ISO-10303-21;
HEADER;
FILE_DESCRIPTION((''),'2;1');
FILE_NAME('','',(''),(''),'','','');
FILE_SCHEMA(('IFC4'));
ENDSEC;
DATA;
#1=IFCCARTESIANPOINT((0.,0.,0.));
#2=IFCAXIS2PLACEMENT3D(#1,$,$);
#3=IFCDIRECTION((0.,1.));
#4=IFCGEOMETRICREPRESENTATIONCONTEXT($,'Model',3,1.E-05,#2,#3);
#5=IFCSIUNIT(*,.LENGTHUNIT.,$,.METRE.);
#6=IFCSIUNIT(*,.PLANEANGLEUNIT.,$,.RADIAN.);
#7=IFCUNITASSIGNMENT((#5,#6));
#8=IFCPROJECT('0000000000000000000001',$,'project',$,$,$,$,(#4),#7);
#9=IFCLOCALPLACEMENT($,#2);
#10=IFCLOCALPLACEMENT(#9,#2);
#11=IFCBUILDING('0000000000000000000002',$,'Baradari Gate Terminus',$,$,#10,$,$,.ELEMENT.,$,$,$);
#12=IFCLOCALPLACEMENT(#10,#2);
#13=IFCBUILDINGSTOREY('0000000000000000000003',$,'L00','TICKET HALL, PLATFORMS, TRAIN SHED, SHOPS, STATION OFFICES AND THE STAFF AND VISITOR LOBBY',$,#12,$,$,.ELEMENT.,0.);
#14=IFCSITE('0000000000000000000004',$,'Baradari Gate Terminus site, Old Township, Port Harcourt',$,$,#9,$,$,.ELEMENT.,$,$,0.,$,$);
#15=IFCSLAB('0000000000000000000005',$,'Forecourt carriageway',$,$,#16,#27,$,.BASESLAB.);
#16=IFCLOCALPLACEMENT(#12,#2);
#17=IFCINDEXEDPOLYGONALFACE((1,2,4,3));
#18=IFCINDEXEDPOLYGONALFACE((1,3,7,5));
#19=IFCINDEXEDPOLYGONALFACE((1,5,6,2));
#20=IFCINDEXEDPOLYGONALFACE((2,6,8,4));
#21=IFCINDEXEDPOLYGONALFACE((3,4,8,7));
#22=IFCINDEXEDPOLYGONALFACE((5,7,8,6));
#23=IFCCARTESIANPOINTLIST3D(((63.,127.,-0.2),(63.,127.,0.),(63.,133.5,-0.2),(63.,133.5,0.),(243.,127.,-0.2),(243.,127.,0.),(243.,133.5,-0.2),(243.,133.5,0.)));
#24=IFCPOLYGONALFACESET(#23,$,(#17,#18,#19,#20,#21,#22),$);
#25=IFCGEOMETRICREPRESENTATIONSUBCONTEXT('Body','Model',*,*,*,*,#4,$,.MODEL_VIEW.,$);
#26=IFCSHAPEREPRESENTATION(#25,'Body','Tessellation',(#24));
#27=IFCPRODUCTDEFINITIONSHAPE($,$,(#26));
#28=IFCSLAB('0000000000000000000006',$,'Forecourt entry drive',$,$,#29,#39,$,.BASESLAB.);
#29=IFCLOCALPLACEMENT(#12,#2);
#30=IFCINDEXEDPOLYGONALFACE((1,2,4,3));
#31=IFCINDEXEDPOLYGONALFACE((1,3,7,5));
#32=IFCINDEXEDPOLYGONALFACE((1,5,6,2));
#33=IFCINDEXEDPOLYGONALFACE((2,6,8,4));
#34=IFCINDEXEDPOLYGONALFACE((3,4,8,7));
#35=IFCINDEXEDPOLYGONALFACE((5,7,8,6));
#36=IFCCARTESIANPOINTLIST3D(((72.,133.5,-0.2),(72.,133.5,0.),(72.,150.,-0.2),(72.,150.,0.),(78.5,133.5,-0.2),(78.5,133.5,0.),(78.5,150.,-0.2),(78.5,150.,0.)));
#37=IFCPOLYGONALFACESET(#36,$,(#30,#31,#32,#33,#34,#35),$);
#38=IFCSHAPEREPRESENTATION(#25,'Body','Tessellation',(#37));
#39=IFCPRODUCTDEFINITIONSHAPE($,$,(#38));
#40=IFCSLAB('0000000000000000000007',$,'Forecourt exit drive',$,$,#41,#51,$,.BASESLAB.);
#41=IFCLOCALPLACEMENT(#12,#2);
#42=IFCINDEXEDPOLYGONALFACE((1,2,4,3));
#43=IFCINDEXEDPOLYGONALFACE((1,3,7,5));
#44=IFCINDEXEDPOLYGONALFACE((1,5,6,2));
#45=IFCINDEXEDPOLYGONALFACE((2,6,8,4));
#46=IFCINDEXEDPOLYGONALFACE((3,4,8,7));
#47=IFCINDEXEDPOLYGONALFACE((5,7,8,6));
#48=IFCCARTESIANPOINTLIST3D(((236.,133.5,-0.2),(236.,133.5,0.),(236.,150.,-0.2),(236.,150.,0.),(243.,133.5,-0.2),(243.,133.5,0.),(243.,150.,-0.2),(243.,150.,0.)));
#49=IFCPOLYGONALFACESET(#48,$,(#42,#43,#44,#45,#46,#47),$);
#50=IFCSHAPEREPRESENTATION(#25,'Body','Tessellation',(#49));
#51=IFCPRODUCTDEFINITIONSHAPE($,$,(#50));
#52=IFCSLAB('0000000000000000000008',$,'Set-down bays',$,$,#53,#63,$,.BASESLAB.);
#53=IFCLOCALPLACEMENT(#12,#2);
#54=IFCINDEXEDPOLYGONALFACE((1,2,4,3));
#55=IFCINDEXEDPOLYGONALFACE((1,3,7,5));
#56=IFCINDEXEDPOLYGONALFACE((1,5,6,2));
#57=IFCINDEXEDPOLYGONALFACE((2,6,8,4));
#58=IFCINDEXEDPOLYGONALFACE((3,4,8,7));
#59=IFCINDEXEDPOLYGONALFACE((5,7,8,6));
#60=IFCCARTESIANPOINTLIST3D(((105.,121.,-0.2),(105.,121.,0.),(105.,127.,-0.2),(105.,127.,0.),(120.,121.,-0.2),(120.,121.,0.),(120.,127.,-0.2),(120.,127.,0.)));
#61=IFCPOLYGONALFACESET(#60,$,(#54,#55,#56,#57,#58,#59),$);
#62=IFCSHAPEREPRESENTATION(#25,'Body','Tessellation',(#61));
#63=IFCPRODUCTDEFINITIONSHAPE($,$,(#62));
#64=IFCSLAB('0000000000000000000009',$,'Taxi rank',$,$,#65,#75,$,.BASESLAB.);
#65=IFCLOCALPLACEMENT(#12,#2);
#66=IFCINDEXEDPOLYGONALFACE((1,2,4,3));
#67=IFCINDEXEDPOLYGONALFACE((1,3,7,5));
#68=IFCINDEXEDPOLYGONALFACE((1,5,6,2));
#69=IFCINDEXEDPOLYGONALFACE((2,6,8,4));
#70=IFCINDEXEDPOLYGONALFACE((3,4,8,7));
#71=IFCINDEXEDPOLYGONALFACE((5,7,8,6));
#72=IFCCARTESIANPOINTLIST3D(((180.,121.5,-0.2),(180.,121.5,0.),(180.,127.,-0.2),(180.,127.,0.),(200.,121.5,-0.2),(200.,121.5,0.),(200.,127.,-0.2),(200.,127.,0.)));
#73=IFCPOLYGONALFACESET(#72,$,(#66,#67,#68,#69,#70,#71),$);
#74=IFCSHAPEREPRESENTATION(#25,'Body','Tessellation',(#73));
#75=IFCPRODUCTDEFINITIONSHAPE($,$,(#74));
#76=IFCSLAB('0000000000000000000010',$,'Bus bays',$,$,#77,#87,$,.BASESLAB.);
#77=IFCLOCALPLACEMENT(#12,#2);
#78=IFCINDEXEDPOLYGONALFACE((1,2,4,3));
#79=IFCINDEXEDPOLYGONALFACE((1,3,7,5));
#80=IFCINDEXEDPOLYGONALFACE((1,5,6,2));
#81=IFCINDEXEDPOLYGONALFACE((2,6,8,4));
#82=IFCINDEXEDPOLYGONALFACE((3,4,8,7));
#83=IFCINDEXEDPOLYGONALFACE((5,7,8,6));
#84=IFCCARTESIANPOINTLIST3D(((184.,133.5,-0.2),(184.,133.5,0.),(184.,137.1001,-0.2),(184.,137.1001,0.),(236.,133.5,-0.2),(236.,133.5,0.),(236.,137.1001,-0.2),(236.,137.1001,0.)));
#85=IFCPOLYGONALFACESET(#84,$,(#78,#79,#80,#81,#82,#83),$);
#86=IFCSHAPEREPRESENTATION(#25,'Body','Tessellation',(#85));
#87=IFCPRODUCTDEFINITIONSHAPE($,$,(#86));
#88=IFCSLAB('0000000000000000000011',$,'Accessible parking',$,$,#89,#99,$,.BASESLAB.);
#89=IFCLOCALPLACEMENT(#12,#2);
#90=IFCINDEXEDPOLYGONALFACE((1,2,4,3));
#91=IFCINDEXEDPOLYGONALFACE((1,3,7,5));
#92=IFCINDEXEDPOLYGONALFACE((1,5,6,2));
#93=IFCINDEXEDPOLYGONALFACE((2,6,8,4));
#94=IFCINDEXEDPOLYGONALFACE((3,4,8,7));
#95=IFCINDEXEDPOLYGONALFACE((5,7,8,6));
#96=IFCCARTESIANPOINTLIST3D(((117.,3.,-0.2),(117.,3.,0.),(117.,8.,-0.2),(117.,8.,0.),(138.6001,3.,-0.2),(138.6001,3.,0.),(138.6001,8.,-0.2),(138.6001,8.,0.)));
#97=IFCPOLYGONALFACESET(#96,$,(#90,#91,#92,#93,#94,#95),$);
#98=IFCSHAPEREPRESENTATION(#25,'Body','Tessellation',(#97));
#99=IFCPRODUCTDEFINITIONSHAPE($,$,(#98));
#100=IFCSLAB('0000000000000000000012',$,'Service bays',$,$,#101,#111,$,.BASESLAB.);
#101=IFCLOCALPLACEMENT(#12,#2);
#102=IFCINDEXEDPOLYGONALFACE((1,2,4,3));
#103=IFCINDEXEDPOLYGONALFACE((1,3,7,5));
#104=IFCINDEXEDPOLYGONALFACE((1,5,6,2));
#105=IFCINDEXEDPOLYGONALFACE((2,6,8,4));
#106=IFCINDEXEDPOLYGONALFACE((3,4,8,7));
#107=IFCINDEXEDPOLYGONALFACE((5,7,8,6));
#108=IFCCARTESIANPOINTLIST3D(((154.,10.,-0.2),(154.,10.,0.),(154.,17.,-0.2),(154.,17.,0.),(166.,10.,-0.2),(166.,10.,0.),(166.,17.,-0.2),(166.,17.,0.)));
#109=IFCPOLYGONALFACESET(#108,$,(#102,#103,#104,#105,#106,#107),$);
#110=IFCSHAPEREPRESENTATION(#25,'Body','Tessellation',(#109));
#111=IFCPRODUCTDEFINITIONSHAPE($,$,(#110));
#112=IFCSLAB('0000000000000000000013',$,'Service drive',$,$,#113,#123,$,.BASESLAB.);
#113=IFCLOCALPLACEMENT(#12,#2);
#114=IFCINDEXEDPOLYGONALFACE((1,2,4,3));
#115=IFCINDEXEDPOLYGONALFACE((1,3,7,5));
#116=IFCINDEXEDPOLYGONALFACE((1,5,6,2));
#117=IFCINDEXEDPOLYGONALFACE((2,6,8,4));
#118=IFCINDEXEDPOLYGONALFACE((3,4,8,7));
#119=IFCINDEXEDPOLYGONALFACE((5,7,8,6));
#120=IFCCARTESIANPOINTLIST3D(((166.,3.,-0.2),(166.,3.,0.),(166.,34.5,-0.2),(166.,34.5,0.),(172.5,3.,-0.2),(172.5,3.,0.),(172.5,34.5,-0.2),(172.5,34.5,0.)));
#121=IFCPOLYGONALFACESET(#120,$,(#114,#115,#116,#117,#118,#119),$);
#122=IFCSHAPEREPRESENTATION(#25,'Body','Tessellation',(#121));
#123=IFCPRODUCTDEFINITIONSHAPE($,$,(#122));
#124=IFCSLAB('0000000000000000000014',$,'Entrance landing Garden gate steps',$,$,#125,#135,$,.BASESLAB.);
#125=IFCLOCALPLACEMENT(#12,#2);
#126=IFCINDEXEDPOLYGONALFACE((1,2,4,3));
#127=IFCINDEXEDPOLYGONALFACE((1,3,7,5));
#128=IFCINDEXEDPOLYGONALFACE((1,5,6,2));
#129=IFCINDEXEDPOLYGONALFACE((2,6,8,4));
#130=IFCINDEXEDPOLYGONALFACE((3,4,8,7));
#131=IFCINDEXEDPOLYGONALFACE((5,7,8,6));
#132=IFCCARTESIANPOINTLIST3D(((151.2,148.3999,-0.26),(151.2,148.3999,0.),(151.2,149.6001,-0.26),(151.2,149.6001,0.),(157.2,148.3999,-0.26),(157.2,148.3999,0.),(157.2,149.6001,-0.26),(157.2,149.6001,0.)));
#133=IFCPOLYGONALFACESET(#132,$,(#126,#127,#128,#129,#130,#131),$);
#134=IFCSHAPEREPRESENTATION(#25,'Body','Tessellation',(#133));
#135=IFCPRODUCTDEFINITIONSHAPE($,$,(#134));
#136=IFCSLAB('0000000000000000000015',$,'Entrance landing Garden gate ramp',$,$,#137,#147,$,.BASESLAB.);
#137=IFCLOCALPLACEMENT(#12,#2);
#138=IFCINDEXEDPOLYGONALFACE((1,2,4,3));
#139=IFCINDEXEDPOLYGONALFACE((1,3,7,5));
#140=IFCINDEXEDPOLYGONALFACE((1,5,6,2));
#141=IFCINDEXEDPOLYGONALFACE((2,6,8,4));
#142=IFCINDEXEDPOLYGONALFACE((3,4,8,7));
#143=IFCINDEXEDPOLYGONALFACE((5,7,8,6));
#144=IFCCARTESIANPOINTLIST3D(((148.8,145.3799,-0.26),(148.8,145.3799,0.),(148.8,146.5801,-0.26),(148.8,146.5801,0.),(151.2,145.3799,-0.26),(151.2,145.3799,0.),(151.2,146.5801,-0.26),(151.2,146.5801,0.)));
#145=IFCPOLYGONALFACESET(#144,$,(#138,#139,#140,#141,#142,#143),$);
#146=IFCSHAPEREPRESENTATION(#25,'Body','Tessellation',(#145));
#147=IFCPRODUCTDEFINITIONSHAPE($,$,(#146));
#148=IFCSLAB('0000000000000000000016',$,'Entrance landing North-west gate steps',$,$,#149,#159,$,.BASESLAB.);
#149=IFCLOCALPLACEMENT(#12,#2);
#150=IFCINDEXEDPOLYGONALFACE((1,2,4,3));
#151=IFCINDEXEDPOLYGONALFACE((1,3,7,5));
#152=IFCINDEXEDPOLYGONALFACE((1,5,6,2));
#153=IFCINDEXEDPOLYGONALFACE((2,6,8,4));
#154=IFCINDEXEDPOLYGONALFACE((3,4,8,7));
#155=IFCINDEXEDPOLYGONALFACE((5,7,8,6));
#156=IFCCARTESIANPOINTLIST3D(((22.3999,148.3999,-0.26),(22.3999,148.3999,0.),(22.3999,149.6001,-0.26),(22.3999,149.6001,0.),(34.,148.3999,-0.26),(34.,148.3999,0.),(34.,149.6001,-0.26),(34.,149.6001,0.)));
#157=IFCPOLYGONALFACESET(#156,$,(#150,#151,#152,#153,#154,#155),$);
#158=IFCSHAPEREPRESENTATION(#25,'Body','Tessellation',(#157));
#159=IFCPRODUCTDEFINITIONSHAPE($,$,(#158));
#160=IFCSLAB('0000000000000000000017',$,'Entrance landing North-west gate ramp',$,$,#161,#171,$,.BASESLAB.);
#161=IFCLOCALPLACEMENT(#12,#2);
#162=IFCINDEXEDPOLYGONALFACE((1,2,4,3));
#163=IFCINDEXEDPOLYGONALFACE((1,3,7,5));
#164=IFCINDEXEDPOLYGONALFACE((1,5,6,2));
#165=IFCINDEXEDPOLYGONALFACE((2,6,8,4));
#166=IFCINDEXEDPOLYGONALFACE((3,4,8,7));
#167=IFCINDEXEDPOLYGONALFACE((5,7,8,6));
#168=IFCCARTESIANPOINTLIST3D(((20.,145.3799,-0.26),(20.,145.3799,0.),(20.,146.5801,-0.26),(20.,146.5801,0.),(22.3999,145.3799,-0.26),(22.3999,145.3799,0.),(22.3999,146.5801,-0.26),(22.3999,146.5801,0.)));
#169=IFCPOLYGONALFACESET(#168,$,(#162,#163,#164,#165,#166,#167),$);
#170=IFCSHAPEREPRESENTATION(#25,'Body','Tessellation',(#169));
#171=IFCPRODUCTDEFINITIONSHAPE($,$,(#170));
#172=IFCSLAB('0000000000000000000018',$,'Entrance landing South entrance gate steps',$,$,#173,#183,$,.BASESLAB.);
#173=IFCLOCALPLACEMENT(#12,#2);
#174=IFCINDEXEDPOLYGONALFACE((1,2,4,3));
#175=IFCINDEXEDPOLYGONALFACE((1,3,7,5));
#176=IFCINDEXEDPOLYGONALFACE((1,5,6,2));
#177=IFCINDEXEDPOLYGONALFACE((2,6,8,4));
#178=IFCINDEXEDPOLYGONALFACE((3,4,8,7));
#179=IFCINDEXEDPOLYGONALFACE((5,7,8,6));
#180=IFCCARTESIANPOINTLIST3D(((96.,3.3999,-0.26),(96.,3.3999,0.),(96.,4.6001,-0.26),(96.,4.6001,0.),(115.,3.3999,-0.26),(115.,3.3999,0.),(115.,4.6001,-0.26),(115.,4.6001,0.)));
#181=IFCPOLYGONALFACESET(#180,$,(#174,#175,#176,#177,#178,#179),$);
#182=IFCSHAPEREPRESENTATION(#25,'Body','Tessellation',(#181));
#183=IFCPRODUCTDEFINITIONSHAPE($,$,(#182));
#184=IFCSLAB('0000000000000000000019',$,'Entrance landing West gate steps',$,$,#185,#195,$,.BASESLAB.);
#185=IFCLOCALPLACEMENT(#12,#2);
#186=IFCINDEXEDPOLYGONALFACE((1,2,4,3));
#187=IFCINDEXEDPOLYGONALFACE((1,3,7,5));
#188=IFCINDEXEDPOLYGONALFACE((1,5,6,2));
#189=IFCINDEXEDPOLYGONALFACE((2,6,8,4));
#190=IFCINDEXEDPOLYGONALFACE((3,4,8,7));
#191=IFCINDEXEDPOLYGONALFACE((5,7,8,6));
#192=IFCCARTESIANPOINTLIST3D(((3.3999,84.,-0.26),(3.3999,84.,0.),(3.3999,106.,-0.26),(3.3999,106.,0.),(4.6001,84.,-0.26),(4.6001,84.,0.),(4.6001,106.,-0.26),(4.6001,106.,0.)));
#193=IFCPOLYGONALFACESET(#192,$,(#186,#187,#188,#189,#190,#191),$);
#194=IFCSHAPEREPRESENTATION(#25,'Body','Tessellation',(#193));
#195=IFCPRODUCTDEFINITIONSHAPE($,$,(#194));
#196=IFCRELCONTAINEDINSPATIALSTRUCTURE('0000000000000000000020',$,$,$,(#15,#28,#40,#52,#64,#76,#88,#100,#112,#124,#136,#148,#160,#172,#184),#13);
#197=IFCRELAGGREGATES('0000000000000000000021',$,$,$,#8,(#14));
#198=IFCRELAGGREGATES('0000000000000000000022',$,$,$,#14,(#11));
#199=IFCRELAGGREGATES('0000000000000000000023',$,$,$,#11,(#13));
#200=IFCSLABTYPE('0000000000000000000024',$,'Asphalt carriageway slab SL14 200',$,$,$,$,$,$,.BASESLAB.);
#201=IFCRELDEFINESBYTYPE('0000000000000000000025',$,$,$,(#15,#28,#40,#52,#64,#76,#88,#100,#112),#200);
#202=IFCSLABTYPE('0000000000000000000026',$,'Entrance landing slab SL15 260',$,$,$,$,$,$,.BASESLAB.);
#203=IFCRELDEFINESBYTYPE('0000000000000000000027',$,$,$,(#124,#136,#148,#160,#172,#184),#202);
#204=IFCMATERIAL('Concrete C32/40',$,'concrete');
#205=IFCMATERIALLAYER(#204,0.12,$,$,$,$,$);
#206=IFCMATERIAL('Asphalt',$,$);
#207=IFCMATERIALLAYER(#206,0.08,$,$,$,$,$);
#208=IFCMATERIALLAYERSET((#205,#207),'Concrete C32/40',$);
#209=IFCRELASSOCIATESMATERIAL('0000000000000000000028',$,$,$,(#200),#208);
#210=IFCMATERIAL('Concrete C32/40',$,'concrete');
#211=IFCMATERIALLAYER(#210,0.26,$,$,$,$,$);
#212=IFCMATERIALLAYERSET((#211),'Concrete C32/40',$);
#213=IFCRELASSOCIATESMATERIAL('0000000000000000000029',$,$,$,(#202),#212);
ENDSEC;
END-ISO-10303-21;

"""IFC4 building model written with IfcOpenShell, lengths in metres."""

from ifc_helpers import new_model, si_unit, direction, frame, origin, place, context, subcontext, project, spatial, polyline, outline, extrude, material, layer, layer_set, type_object, element, save


model = new_model("IFC4")

# Units and contexts
model_context = context("Model", 3, precision=1e-05, world=origin(), true_north=direction((0.0, 1.0)))
body_context = subcontext(model_context, "Body", "Model", "MODEL_VIEW")
ifc_project = project(units=[si_unit("LENGTHUNIT", "METRE"), si_unit("PLANEANGLEUNIT", "RADIAN")], contexts=[model_context])

# Site, building, storey
site_placement = place(None, origin())
site = spatial("IfcSite", under=ifc_project, at=site_placement, Name="Baradari Gate Terminus site, Old Township, Port Harcourt", CompositionType="ELEMENT", RefElevation=0.0)
building_placement = place(site_placement, origin())
building = spatial("IfcBuilding", under=site, at=building_placement, Name="Baradari Gate Terminus", CompositionType="ELEMENT")
storey_placement = place(building_placement, origin())
storey = spatial("IfcBuildingStorey", under=building, at=storey_placement, Name="L00", Description="TICKET HALL, PLATFORMS, TRAIN SHED, SHOPS, STATION OFFICES AND THE STAFF AND VISITOR LOBBY", CompositionType="ELEMENT", Elevation=0.0)

# Slabs
ifc_material_1 = material(Name="Concrete C32/40", Category="concrete")
ifc_layer_1 = layer(ifc_material_1, 0.12)
ifc_material_2 = material(Name="Asphalt")
ifc_layer_2 = layer(ifc_material_2, 0.08)
ifc_layer_set_1 = layer_set([ifc_layer_1, ifc_layer_2], Name="Concrete C32/40")
slab_type_1 = type_object("IfcSlabType", Name="Asphalt carriageway slab SL14 200", PredefinedType="BASESLAB", material=ifc_layer_set_1)
slab_1_placement = place(storey_placement, frame((0.0, 0.0, -0.2)))
element("IfcSlab", 1, at=slab_1_placement, inside=storey, type_object=slab_type_1, Name="Forecourt carriageway", PredefinedType="BASESLAB", context=body_context, shape_type="SweptSolid", body=[
    extrude(outline(polyline([(243.0, 127.0), (243.0, 133.5), (63.0, 133.5), (63.0, 127.0), (243.0, 127.0)])), origin(), (0.0, 0.0, 1.0), 0.2),
])
slab_2_placement = place(storey_placement, frame((0.0, 0.0, -0.2)))
element("IfcSlab", 2, at=slab_2_placement, inside=storey, type_object=slab_type_1, Name="Forecourt entry drive", PredefinedType="BASESLAB", context=body_context, shape_type="SweptSolid", body=[
    extrude(outline(polyline([(78.5, 133.5), (78.5, 150.0), (72.0, 150.0), (72.0, 133.5), (78.5, 133.5)])), origin(), (0.0, 0.0, 1.0), 0.2),
])
slab_3_placement = place(storey_placement, frame((0.0, 0.0, -0.2)))
element("IfcSlab", 3, at=slab_3_placement, inside=storey, type_object=slab_type_1, Name="Forecourt exit drive", PredefinedType="BASESLAB", context=body_context, shape_type="SweptSolid", body=[
    extrude(outline(polyline([(243.0, 133.5), (243.0, 150.0), (236.0, 150.0), (236.0, 133.5), (243.0, 133.5)])), origin(), (0.0, 0.0, 1.0), 0.2),
])
slab_4_placement = place(storey_placement, frame((0.0, 0.0, -0.2)))
element("IfcSlab", 4, at=slab_4_placement, inside=storey, type_object=slab_type_1, Name="Set-down bays", PredefinedType="BASESLAB", context=body_context, shape_type="SweptSolid", body=[
    extrude(outline(polyline([(120.0, 121.0), (120.0, 127.0), (105.0, 127.0), (105.0, 121.0), (120.0, 121.0)])), origin(), (0.0, 0.0, 1.0), 0.2),
])
slab_5_placement = place(storey_placement, frame((0.0, 0.0, -0.2)))
element("IfcSlab", 5, at=slab_5_placement, inside=storey, type_object=slab_type_1, Name="Taxi rank", PredefinedType="BASESLAB", context=body_context, shape_type="SweptSolid", body=[
    extrude(outline(polyline([(200.0, 121.5), (200.0, 127.0), (180.0, 127.0), (180.0, 121.5), (200.0, 121.5)])), origin(), (0.0, 0.0, 1.0), 0.2),
])
slab_6_placement = place(storey_placement, frame((0.0, 0.0, -0.2)))
element("IfcSlab", 6, at=slab_6_placement, inside=storey, type_object=slab_type_1, Name="Bus bays", PredefinedType="BASESLAB", context=body_context, shape_type="SweptSolid", body=[
    extrude(outline(polyline([(236.0, 133.5), (236.0, 137.1001), (184.0, 137.1001), (184.0, 133.5), (236.0, 133.5)])), origin(), (0.0, 0.0, 1.0), 0.2),
])
slab_7_placement = place(storey_placement, frame((0.0, 0.0, -0.2)))
element("IfcSlab", 7, at=slab_7_placement, inside=storey, type_object=slab_type_1, Name="Accessible parking", PredefinedType="BASESLAB", context=body_context, shape_type="SweptSolid", body=[
    extrude(outline(polyline([(138.6001, 3.0), (138.6001, 8.0), (117.0, 8.0), (117.0, 3.0), (138.6001, 3.0)])), origin(), (0.0, 0.0, 1.0), 0.2),
])
slab_8_placement = place(storey_placement, frame((0.0, 0.0, -0.2)))
element("IfcSlab", 8, at=slab_8_placement, inside=storey, type_object=slab_type_1, Name="Service bays", PredefinedType="BASESLAB", context=body_context, shape_type="SweptSolid", body=[
    extrude(outline(polyline([(166.0, 10.0), (166.0, 17.0), (154.0, 17.0), (154.0, 10.0), (166.0, 10.0)])), origin(), (0.0, 0.0, 1.0), 0.2),
])
slab_9_placement = place(storey_placement, frame((0.0, 0.0, -0.2)))
element("IfcSlab", 9, at=slab_9_placement, inside=storey, type_object=slab_type_1, Name="Service drive", PredefinedType="BASESLAB", context=body_context, shape_type="SweptSolid", body=[
    extrude(outline(polyline([(172.5, 3.0), (172.5, 34.5), (166.0, 34.5), (166.0, 3.0), (172.5, 3.0)])), origin(), (0.0, 0.0, 1.0), 0.2),
])
ifc_material_3 = material(Name="Concrete C32/40", Category="concrete")
ifc_layer_3 = layer(ifc_material_3, 0.26)
ifc_layer_set_2 = layer_set([ifc_layer_3], Name="Concrete C32/40")
slab_type_2 = type_object("IfcSlabType", Name="Entrance landing slab SL15 260", PredefinedType="BASESLAB", material=ifc_layer_set_2)
slab_10_placement = place(storey_placement, frame((0.0, 0.0, -0.26)))
element("IfcSlab", 10, at=slab_10_placement, inside=storey, type_object=slab_type_2, Name="Entrance landing Garden gate steps", PredefinedType="BASESLAB", context=body_context, shape_type="SweptSolid", body=[
    extrude(outline(polyline([(157.2, 148.3999), (157.2, 149.6001), (151.2, 149.6001), (151.2, 148.3999), (157.2, 148.3999)])), origin(), (0.0, 0.0, 1.0), 0.26),
])
slab_11_placement = place(storey_placement, frame((0.0, 0.0, -0.26)))
element("IfcSlab", 11, at=slab_11_placement, inside=storey, type_object=slab_type_2, Name="Entrance landing Garden gate ramp", PredefinedType="BASESLAB", context=body_context, shape_type="SweptSolid", body=[
    extrude(outline(polyline([(151.2, 145.3799), (151.2, 146.5801), (148.8, 146.5801), (148.8, 145.3799), (151.2, 145.3799)])), origin(), (0.0, 0.0, 1.0), 0.26),
])
slab_12_placement = place(storey_placement, frame((0.0, 0.0, -0.26)))
element("IfcSlab", 12, at=slab_12_placement, inside=storey, type_object=slab_type_2, Name="Entrance landing North-west gate steps", PredefinedType="BASESLAB", context=body_context, shape_type="SweptSolid", body=[
    extrude(outline(polyline([(34.0, 148.3999), (34.0, 149.6001), (22.3999, 149.6001), (22.3999, 148.3999), (34.0, 148.3999)])), origin(), (0.0, 0.0, 1.0), 0.26),
])
slab_13_placement = place(storey_placement, frame((0.0, 0.0, -0.26)))
element("IfcSlab", 13, at=slab_13_placement, inside=storey, type_object=slab_type_2, Name="Entrance landing North-west gate ramp", PredefinedType="BASESLAB", context=body_context, shape_type="SweptSolid", body=[
    extrude(outline(polyline([(22.3999, 145.3799), (22.3999, 146.5801), (20.0, 146.5801), (20.0, 145.3799), (22.3999, 145.3799)])), origin(), (0.0, 0.0, 1.0), 0.26),
])
slab_14_placement = place(storey_placement, frame((0.0, 0.0, -0.26)))
element("IfcSlab", 14, at=slab_14_placement, inside=storey, type_object=slab_type_2, Name="Entrance landing South entrance gate steps", PredefinedType="BASESLAB", context=body_context, shape_type="SweptSolid", body=[
    extrude(outline(polyline([(115.0, 3.3999), (115.0, 4.6001), (96.0, 4.6001), (96.0, 3.3999), (115.0, 3.3999)])), origin(), (0.0, 0.0, 1.0), 0.26),
])
slab_15_placement = place(storey_placement, frame((0.0, 0.0, -0.26)))
element("IfcSlab", 15, at=slab_15_placement, inside=storey, type_object=slab_type_2, Name="Entrance landing West gate steps", PredefinedType="BASESLAB", context=body_context, shape_type="SweptSolid", body=[
    extrude(outline(polyline([(4.6001, 84.0), (4.6001, 106.0), (3.3999, 106.0), (3.3999, 84.0), (4.6001, 84.0)])), origin(), (0.0, 0.0, 1.0), 0.26),
])

save(model, "model.ifc")
